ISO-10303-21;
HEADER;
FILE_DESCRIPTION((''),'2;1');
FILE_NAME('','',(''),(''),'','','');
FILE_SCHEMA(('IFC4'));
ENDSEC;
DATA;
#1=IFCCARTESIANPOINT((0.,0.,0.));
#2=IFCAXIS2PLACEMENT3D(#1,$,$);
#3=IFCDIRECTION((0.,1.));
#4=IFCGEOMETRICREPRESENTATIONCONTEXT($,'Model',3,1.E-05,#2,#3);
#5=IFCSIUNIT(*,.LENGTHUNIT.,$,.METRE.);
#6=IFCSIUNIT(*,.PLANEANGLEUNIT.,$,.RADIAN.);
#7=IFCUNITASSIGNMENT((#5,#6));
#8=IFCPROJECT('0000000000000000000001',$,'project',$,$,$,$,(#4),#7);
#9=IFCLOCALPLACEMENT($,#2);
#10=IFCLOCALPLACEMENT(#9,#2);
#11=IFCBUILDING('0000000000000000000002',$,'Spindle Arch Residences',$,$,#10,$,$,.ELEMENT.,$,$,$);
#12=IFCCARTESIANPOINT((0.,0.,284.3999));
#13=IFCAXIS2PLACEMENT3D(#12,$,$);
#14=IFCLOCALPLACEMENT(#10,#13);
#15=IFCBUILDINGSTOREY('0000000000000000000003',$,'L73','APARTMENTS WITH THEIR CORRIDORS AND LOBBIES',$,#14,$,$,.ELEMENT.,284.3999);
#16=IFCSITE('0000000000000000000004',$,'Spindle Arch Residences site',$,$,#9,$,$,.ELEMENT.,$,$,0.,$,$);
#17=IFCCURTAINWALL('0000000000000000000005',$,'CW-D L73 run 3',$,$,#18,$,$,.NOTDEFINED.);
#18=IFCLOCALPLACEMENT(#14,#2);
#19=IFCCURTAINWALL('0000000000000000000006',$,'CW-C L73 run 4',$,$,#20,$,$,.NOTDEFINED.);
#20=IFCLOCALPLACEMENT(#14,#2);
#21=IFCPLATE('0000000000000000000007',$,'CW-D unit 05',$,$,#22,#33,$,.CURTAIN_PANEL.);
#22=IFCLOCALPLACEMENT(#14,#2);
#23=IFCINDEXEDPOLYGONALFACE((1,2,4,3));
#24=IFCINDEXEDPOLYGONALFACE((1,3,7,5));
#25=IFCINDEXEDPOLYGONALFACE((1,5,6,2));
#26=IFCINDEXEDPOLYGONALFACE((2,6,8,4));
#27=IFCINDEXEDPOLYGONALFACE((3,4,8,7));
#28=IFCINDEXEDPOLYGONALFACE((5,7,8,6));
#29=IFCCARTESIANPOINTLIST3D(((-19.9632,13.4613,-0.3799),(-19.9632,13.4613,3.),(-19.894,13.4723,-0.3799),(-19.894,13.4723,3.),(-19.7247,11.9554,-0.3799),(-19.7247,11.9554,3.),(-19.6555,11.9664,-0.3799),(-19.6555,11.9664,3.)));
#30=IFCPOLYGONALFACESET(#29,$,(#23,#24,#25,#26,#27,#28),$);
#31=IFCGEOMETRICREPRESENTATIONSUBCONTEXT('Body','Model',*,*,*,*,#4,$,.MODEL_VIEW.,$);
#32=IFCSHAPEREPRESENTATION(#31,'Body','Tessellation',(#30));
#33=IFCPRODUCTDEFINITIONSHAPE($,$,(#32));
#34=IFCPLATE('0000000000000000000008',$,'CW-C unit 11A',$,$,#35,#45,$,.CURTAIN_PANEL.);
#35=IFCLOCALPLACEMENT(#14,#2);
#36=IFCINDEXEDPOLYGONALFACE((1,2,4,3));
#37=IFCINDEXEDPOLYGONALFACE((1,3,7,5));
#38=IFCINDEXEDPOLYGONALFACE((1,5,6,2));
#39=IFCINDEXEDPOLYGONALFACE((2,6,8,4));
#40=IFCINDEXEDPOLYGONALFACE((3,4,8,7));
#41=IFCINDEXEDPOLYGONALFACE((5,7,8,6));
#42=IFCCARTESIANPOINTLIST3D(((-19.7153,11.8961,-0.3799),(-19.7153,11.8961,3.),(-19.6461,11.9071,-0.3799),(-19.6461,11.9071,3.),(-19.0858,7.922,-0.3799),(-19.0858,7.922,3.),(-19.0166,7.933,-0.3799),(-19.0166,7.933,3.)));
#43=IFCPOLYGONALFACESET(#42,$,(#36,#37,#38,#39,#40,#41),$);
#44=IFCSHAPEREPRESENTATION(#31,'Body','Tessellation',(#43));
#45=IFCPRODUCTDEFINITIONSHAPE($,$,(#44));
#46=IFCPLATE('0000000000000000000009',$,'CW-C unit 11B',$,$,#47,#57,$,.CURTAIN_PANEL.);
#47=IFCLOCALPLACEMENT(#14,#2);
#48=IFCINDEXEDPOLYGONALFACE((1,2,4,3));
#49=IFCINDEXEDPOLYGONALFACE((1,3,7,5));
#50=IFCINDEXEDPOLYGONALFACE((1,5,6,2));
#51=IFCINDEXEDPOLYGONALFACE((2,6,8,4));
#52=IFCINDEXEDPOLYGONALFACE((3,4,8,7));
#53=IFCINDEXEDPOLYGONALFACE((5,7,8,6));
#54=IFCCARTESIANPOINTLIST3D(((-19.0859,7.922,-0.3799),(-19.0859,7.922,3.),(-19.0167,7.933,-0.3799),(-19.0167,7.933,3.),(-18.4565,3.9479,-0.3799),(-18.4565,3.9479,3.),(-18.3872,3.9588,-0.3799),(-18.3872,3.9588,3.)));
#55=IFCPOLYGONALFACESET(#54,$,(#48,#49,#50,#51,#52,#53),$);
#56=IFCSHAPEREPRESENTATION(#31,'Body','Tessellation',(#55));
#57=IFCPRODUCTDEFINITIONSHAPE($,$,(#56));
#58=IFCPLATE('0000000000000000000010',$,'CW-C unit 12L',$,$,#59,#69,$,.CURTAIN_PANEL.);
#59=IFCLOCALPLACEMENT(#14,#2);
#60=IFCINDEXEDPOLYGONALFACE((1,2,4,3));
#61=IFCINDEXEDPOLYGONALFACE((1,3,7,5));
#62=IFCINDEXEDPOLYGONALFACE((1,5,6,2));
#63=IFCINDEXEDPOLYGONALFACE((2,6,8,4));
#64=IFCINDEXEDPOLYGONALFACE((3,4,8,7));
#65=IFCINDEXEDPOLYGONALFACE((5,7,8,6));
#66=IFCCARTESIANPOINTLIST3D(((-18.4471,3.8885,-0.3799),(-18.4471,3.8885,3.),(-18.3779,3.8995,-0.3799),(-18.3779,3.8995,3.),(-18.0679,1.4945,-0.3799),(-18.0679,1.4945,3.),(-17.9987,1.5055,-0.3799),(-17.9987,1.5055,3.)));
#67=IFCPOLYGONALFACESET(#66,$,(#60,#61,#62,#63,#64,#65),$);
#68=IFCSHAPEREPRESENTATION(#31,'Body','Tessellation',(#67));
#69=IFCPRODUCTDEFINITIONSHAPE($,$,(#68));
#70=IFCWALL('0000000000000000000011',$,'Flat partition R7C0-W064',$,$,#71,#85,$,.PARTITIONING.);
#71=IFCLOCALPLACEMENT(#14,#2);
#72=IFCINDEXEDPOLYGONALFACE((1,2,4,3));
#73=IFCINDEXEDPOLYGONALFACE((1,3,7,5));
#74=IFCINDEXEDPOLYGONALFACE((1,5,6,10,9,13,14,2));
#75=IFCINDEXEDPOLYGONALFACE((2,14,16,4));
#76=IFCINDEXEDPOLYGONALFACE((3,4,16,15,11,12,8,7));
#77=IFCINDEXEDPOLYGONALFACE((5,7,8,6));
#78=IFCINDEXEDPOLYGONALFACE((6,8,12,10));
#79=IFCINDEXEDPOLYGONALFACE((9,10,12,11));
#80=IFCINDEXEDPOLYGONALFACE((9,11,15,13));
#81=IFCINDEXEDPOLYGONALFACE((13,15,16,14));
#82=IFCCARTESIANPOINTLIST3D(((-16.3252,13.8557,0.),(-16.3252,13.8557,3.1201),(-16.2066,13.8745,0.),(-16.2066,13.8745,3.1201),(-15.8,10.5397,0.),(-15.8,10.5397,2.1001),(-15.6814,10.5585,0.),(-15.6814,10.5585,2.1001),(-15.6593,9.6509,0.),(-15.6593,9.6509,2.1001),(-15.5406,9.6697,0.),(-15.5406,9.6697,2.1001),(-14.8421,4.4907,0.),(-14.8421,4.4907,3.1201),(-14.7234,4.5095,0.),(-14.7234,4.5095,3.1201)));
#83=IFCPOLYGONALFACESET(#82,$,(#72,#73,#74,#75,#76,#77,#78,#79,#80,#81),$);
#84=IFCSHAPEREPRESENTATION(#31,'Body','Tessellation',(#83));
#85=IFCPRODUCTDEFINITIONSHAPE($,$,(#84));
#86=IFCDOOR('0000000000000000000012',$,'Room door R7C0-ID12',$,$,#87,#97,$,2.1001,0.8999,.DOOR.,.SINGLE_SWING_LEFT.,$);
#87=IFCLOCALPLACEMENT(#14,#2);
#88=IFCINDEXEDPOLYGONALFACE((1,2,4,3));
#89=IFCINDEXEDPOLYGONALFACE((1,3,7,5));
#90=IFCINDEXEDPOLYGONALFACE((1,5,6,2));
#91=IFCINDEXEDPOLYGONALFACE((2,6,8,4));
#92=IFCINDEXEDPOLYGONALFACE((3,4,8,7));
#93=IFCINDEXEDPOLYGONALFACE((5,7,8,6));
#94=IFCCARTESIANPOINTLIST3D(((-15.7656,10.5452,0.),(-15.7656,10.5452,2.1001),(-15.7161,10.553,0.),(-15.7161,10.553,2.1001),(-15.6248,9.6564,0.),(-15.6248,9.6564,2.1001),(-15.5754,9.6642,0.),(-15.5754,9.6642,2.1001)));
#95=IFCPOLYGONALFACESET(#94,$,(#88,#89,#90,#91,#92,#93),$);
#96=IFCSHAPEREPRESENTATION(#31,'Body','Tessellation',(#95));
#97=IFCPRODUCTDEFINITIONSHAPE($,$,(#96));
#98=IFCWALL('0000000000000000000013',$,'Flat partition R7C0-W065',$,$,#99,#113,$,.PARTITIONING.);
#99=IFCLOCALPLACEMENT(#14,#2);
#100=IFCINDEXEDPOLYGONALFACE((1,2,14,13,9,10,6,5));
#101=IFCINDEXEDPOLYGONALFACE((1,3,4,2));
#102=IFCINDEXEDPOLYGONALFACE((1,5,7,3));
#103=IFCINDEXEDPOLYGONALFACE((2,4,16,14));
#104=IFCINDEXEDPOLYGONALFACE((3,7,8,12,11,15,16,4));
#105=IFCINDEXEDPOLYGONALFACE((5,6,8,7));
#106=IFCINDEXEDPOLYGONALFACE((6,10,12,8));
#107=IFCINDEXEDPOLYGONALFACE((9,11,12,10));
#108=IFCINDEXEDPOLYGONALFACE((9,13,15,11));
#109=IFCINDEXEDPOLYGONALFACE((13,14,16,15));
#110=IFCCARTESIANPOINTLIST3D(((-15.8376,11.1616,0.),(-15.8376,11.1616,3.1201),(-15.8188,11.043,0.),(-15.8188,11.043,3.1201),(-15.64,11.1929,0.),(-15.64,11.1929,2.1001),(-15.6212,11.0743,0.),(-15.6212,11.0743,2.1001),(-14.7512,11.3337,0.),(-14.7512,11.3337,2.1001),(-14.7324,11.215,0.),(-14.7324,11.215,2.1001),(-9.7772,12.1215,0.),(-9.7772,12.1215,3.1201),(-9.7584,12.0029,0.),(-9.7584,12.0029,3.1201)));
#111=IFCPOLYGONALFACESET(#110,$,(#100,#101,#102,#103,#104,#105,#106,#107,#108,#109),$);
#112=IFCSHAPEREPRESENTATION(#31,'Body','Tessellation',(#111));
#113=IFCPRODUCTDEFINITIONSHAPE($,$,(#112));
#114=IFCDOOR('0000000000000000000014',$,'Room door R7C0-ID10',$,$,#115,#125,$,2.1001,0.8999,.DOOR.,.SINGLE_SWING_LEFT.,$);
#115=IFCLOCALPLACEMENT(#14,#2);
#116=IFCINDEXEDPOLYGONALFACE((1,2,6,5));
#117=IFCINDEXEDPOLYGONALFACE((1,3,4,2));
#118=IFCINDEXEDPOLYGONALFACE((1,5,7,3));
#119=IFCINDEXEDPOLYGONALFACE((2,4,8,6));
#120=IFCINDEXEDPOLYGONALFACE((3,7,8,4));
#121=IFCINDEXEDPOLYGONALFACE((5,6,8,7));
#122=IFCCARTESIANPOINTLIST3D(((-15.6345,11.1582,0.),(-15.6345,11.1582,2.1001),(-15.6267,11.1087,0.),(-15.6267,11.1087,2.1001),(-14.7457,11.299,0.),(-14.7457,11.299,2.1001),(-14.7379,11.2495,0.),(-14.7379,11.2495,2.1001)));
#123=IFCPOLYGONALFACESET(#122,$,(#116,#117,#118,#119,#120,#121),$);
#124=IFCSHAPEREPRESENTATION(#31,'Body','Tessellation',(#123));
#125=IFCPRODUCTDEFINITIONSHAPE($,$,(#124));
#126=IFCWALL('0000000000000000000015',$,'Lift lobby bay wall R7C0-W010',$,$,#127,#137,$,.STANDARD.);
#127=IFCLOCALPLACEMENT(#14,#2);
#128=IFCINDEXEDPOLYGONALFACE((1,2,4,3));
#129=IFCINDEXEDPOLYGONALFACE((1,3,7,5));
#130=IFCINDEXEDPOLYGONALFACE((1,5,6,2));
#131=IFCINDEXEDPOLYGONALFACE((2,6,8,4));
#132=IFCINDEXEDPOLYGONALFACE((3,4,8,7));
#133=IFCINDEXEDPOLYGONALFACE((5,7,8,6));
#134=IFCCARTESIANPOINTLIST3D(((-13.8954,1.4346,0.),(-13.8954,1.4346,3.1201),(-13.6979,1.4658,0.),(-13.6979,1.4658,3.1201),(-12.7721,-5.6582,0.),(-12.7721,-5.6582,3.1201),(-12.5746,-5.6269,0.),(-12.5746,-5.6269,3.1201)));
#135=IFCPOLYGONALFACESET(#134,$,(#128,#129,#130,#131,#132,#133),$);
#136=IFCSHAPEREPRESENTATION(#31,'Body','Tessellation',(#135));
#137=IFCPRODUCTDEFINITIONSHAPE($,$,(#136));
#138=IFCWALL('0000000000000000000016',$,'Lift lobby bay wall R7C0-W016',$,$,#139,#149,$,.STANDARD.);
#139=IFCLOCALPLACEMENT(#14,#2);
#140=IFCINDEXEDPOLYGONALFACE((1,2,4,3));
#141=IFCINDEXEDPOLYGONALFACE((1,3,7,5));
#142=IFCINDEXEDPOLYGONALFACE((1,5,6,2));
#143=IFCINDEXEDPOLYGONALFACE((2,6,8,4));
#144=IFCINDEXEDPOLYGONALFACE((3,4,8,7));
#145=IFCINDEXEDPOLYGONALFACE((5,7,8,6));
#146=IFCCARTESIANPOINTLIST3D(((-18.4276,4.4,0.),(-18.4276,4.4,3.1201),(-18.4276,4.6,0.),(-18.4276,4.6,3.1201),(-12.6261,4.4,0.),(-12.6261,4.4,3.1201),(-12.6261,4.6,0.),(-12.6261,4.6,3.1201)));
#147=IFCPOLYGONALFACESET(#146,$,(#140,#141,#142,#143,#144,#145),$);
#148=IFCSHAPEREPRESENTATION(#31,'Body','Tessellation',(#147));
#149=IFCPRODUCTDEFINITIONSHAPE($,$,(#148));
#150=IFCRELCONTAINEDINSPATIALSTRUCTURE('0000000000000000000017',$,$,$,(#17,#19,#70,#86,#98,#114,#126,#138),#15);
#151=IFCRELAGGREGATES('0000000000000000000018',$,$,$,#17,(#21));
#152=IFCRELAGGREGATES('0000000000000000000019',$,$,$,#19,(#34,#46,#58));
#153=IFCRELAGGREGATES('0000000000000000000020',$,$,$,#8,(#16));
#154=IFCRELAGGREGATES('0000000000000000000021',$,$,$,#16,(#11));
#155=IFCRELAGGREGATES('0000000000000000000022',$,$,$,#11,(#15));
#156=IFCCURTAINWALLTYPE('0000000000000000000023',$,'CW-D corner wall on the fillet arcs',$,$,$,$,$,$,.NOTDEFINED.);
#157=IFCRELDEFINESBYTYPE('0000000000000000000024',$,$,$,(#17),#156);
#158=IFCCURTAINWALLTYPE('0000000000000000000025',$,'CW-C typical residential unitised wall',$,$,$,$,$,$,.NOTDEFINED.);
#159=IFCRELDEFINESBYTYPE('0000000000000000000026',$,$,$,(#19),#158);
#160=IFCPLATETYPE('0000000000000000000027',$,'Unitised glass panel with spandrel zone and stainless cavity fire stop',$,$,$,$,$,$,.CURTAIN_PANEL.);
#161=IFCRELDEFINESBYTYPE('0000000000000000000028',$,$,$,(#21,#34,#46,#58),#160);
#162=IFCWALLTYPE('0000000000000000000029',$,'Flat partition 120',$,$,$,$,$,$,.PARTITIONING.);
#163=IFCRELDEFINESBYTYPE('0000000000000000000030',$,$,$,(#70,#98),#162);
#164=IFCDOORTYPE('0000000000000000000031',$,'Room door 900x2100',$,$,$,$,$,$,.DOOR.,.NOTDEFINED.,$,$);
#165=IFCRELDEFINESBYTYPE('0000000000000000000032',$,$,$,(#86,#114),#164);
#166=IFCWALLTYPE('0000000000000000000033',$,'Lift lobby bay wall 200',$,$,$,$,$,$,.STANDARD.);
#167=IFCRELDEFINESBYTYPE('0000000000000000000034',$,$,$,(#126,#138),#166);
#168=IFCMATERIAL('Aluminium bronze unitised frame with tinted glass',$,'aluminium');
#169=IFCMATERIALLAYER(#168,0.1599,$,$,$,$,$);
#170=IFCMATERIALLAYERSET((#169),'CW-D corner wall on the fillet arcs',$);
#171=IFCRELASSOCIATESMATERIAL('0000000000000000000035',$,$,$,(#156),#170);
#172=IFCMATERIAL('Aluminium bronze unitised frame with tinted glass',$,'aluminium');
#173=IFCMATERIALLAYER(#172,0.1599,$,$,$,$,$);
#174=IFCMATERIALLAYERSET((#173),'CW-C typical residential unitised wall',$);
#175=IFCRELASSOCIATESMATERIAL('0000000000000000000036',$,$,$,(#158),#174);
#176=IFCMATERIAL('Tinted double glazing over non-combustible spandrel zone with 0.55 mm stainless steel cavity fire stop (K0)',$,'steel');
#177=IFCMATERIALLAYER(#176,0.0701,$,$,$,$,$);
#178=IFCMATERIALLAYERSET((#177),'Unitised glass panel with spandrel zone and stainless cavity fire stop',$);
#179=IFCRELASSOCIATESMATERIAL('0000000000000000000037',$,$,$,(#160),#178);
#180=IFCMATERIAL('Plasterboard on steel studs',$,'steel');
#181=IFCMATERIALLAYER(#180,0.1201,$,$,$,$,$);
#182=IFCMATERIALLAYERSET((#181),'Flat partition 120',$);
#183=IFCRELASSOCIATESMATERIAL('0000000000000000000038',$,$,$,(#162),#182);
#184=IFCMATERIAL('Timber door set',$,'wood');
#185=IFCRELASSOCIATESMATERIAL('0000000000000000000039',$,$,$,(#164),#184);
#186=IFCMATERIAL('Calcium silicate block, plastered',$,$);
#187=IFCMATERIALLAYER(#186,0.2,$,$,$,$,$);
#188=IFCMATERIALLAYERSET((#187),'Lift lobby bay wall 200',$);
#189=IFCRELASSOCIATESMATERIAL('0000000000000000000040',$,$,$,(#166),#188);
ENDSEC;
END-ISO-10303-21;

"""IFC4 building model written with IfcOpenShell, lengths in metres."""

from ifc_helpers import new_model, si_unit, direction, frame, frame_2d, origin, origin_2d, place, context, subcontext, project, spatial, rectangle, extrude, material, layer, layer_set, type_object, element, fill, aggregate, save


model = new_model("IFC4")

# Units and contexts
model_context = context("Model", 3, precision=1e-05, world=origin(), true_north=direction((0.0, 1.0)))
body_context = subcontext(model_context, "Body", "Model", "MODEL_VIEW")
ifc_project = project(units=[si_unit("LENGTHUNIT", "METRE"), si_unit("PLANEANGLEUNIT", "RADIAN")], contexts=[model_context])

# Site, building, storey
site_placement = place(None, origin())
site = spatial("IfcSite", under=ifc_project, at=site_placement, Name="Spindle Arch Residences site", CompositionType="ELEMENT", RefElevation=0.0)
building_placement = place(site_placement, origin())
building = spatial("IfcBuilding", under=site, at=building_placement, Name="Spindle Arch Residences", CompositionType="ELEMENT")
storey_placement = place(building_placement, frame((0.0, 0.0, 284.3999)))
storey = spatial("IfcBuildingStorey", under=building, at=storey_placement, Name="L73", Description="APARTMENTS WITH THEIR CORRIDORS AND LOBBIES", CompositionType="ELEMENT", Elevation=284.3999)

# Curtain wall
ifc_material_1 = material(Name="Aluminium bronze unitised frame with tinted glass", Category="aluminium")
ifc_layer_1 = layer(ifc_material_1, 0.1599)
ifc_layer_set_1 = layer_set([ifc_layer_1], Name="CW-D corner wall on the fillet arcs")
curtain_wall_type_1 = type_object("IfcCurtainWallType", Name="CW-D corner wall on the fillet arcs", PredefinedType="NOTDEFINED", material=ifc_layer_set_1)
curtain_wall_1_placement = place(storey_placement, origin())
curtain_wall_1 = element("IfcCurtainWall", 1, at=curtain_wall_1_placement, inside=storey, type_object=curtain_wall_type_1, Name="CW-D L73 run 3", PredefinedType="NOTDEFINED")

# Curtain wall
ifc_material_2 = material(Name="Aluminium bronze unitised frame with tinted glass", Category="aluminium")
ifc_layer_2 = layer(ifc_material_2, 0.1599)
ifc_layer_set_2 = layer_set([ifc_layer_2], Name="CW-C typical residential unitised wall")
curtain_wall_type_2 = type_object("IfcCurtainWallType", Name="CW-C typical residential unitised wall", PredefinedType="NOTDEFINED", material=ifc_layer_set_2)
curtain_wall_2_placement = place(storey_placement, origin())
curtain_wall_2 = element("IfcCurtainWall", 2, at=curtain_wall_2_placement, inside=storey, type_object=curtain_wall_type_2, Name="CW-C L73 run 4", PredefinedType="NOTDEFINED")

# Plates
ifc_material_3 = material(Name="Tinted double glazing over non-combustible spandrel zone with 0.55 mm stainless steel cavity fire stop (K0)", Category="steel")
ifc_layer_3 = layer(ifc_material_3, 0.0701)
ifc_layer_set_3 = layer_set([ifc_layer_3], Name="Unitised glass panel with spandrel zone and stainless cavity fire stop")
plate_type = type_object("IfcPlateType", Name="Unitised glass panel with spandrel zone and stainless cavity fire stop", PredefinedType="CURTAIN_PANEL", material=ifc_layer_set_3)
plate_1_placement = place(storey_placement, frame((-19.8093, 12.7139, -0.3799), z_axis=(0.0, 0.0, 1.0), x_axis=(0.156434, -0.987688, 0.0)))
plate_1 = element("IfcPlate", 3, at=plate_1_placement, type_object=plate_type, Name="CW-D unit 05", PredefinedType="CURTAIN_PANEL", context=body_context, shape_type="SweptSolid", body=[
    extrude(rectangle(XDim=1.5247, YDim=0.0701, at=origin_2d()), origin(), (0.0, 0.0, 1.0), 3.3799),
])
aggregate(curtain_wall_1, [plate_1])
plate_2_placement = place(storey_placement, frame((-19.366, 9.9146, -0.3799), z_axis=(0.0, 0.0, 1.0), x_axis=(0.156434, -0.987688, 0.0)))
plate_2 = element("IfcPlate", 4, at=plate_2_placement, type_object=plate_type, Name="CW-C unit 11A", PredefinedType="CURTAIN_PANEL", context=body_context, shape_type="SweptSolid", body=[
    extrude(rectangle(XDim=4.0237, YDim=0.0701, at=origin_2d()), origin(), (0.0, 0.0, 1.0), 3.3799),
])
plate_3_placement = place(storey_placement, frame((-18.7366, 5.9404, -0.3799), z_axis=(0.0, 0.0, 1.0), x_axis=(0.156434, -0.987688, 0.0)))
plate_3 = element("IfcPlate", 5, at=plate_3_placement, type_object=plate_type, Name="CW-C unit 11B", PredefinedType="CURTAIN_PANEL", context=body_context, shape_type="SweptSolid", body=[
    extrude(rectangle(XDim=4.0237, YDim=0.0701, at=origin_2d()), origin(), (0.0, 0.0, 1.0), 3.3799),
])
plate_4_placement = place(storey_placement, frame((-18.2229, 2.697, -0.3799), z_axis=(0.0, 0.0, 1.0), x_axis=(0.156434, -0.987688, 0.0)))
plate_4 = element("IfcPlate", 6, at=plate_4_placement, type_object=plate_type, Name="CW-C unit 12L", PredefinedType="CURTAIN_PANEL", context=body_context, shape_type="SweptSolid", body=[
    extrude(rectangle(XDim=2.4238, YDim=0.0701, at=origin_2d()), origin(), (0.0, 0.0, 1.0), 3.3799),
])
aggregate(curtain_wall_2, [plate_2, plate_3, plate_4])

# Walls, openings, doors
ifc_material_4 = material(Name="Plasterboard on steel studs", Category="steel")
ifc_layer_4 = layer(ifc_material_4, 0.1201)
ifc_layer_set_4 = layer_set([ifc_layer_4], Name="Flat partition 120")
wall_type_1 = type_object("IfcWallType", Name="Flat partition 120", PredefinedType="PARTITIONING", material=ifc_layer_set_4)
wall_1_placement = place(storey_placement, frame((-16.2659, 13.865, 0.0), z_axis=(0.0, 0.0, 1.0), x_axis=(0.156423, -0.98769, 0.0)))
wall_1 = element("IfcWall", 7, at=wall_1_placement, inside=storey, type_object=wall_type_1, Name="Flat partition R7C0-W064", PredefinedType="PARTITIONING", context=body_context, shape_type="SweptSolid", body=[
    extrude(rectangle(XDim=9.4817, YDim=0.1201, at=frame_2d((4.7407, 0.0))), origin(), (0.0, 0.0, 1.0), 3.1201),
])
opening_1_placement = place(wall_1_placement, frame((3.3572, 0.0, 0.0)))
opening_1 = element("IfcOpeningElement", 8, at=opening_1_placement, cuts=wall_1, PredefinedType="OPENING", context=body_context, shape_type="SweptSolid", body=[
    extrude(rectangle(XDim=0.8999, YDim=2.1001, at=frame_2d((0.45, 1.05))), frame((0.0, 0.0701, 0.0), z_axis=(0.0, -1.0, 0.0), x_axis=(1.0, 0.0, 0.0)), (0.0, 0.0, 1.0), 0.1401),
])
ifc_material_5 = material(Name="Timber door set", Category="wood")
door_type_1 = type_object("IfcDoorType", Name="Room door 900x2100", OperationType="NOTDEFINED", PredefinedType="DOOR", material=ifc_material_5)
door_1_placement = place(opening_1_placement, origin())
door_1 = element("IfcDoor", 9, at=door_1_placement, inside=storey, type_object=door_type_1, Name="Room door R7C0-ID12", OperationType="SINGLE_SWING_LEFT", OverallHeight=2.1001, OverallWidth=0.8999, PredefinedType="DOOR", context=body_context, shape_type="SweptSolid", body=[
    extrude(rectangle(XDim=0.8999, YDim=2.1001, at=frame_2d((0.45, 1.05))), frame((0.0, 0.0249, 0.0), z_axis=(0.0, -1.0, 0.0), x_axis=(1.0, 0.0, 0.0)), (0.0, 0.0, 1.0), 0.05),
])
fill(opening_1, door_1)
wall_2_placement = place(storey_placement, frame((-15.8281, 11.1023, 0.0), z_axis=(0.0, 0.0, 1.0), x_axis=(0.987687, 0.156445, 0.0)))
wall_2 = element("IfcWall", 10, at=wall_2_placement, inside=storey, type_object=wall_type_1, Name="Flat partition R7C0-W065", PredefinedType="PARTITIONING", context=body_context, shape_type="SweptSolid", body=[
    extrude(rectangle(XDim=6.136, YDim=0.1201, at=frame_2d((3.0679, 0.0))), origin(), (0.0, 0.0, 1.0), 3.1201),
])
opening_2_placement = place(wall_2_placement, frame((0.2, 0.0, 0.0)))
opening_2 = element("IfcOpeningElement", 11, at=opening_2_placement, cuts=wall_2, PredefinedType="OPENING", context=body_context, shape_type="SweptSolid", body=[
    extrude(rectangle(XDim=0.8999, YDim=2.1001, at=frame_2d((0.45, 1.05))), frame((0.0, 0.0701, 0.0), z_axis=(0.0, -1.0, 0.0), x_axis=(1.0, 0.0, 0.0)), (0.0, 0.0, 1.0), 0.1401),
])
door_2_placement = place(opening_2_placement, origin())
door_2 = element("IfcDoor", 12, at=door_2_placement, inside=storey, type_object=door_type_1, Name="Room door R7C0-ID10", OperationType="SINGLE_SWING_LEFT", OverallHeight=2.1001, OverallWidth=0.8999, PredefinedType="DOOR", context=body_context, shape_type="SweptSolid", body=[
    extrude(rectangle(XDim=0.8999, YDim=2.1001, at=frame_2d((0.45, 1.05))), frame((0.0, 0.0249, 0.0), z_axis=(0.0, -1.0, 0.0), x_axis=(1.0, 0.0, 0.0)), (0.0, 0.0, 1.0), 0.05),
])
fill(opening_2, door_2)

# Walls
ifc_material_6 = material(Name="Calcium silicate block, plastered")
ifc_layer_5 = layer(ifc_material_6, 0.2)
ifc_layer_set_5 = layer_set([ifc_layer_5], Name="Lift lobby bay wall 200")
wall_type_2 = type_object("IfcWallType", Name="Lift lobby bay wall 200", PredefinedType="STANDARD", material=ifc_layer_set_5)
wall_3_placement = place(storey_placement, frame((-13.7966, 1.4502, 0.0), z_axis=(0.0, 0.0, 1.0), x_axis=(0.156422, -0.98769, 0.0)))
element("IfcWall", 13, at=wall_3_placement, inside=storey, type_object=wall_type_2, Name="Lift lobby bay wall R7C0-W010", PredefinedType="STANDARD", context=body_context, shape_type="SweptSolid", body=[
    extrude(rectangle(XDim=7.1812, YDim=0.2, at=frame_2d((3.5906, 0.0))), origin(), (0.0, 0.0, 1.0), 3.1201),
])
wall_4_placement = place(storey_placement, frame((-12.626, 4.5, 0.0), z_axis=(0.0, 0.0, 1.0), x_axis=(-1.0, 0.0, 0.0)))
element("IfcWall", 14, at=wall_4_placement, inside=storey, type_object=wall_type_2, Name="Lift lobby bay wall R7C0-W016", PredefinedType="STANDARD", context=body_context, shape_type="SweptSolid", body=[
    extrude(rectangle(XDim=5.8015, YDim=0.2, at=frame_2d((2.9009, 0.0))), origin(), (0.0, 0.0, 1.0), 3.1201),
])

save(model, "model.ifc")
